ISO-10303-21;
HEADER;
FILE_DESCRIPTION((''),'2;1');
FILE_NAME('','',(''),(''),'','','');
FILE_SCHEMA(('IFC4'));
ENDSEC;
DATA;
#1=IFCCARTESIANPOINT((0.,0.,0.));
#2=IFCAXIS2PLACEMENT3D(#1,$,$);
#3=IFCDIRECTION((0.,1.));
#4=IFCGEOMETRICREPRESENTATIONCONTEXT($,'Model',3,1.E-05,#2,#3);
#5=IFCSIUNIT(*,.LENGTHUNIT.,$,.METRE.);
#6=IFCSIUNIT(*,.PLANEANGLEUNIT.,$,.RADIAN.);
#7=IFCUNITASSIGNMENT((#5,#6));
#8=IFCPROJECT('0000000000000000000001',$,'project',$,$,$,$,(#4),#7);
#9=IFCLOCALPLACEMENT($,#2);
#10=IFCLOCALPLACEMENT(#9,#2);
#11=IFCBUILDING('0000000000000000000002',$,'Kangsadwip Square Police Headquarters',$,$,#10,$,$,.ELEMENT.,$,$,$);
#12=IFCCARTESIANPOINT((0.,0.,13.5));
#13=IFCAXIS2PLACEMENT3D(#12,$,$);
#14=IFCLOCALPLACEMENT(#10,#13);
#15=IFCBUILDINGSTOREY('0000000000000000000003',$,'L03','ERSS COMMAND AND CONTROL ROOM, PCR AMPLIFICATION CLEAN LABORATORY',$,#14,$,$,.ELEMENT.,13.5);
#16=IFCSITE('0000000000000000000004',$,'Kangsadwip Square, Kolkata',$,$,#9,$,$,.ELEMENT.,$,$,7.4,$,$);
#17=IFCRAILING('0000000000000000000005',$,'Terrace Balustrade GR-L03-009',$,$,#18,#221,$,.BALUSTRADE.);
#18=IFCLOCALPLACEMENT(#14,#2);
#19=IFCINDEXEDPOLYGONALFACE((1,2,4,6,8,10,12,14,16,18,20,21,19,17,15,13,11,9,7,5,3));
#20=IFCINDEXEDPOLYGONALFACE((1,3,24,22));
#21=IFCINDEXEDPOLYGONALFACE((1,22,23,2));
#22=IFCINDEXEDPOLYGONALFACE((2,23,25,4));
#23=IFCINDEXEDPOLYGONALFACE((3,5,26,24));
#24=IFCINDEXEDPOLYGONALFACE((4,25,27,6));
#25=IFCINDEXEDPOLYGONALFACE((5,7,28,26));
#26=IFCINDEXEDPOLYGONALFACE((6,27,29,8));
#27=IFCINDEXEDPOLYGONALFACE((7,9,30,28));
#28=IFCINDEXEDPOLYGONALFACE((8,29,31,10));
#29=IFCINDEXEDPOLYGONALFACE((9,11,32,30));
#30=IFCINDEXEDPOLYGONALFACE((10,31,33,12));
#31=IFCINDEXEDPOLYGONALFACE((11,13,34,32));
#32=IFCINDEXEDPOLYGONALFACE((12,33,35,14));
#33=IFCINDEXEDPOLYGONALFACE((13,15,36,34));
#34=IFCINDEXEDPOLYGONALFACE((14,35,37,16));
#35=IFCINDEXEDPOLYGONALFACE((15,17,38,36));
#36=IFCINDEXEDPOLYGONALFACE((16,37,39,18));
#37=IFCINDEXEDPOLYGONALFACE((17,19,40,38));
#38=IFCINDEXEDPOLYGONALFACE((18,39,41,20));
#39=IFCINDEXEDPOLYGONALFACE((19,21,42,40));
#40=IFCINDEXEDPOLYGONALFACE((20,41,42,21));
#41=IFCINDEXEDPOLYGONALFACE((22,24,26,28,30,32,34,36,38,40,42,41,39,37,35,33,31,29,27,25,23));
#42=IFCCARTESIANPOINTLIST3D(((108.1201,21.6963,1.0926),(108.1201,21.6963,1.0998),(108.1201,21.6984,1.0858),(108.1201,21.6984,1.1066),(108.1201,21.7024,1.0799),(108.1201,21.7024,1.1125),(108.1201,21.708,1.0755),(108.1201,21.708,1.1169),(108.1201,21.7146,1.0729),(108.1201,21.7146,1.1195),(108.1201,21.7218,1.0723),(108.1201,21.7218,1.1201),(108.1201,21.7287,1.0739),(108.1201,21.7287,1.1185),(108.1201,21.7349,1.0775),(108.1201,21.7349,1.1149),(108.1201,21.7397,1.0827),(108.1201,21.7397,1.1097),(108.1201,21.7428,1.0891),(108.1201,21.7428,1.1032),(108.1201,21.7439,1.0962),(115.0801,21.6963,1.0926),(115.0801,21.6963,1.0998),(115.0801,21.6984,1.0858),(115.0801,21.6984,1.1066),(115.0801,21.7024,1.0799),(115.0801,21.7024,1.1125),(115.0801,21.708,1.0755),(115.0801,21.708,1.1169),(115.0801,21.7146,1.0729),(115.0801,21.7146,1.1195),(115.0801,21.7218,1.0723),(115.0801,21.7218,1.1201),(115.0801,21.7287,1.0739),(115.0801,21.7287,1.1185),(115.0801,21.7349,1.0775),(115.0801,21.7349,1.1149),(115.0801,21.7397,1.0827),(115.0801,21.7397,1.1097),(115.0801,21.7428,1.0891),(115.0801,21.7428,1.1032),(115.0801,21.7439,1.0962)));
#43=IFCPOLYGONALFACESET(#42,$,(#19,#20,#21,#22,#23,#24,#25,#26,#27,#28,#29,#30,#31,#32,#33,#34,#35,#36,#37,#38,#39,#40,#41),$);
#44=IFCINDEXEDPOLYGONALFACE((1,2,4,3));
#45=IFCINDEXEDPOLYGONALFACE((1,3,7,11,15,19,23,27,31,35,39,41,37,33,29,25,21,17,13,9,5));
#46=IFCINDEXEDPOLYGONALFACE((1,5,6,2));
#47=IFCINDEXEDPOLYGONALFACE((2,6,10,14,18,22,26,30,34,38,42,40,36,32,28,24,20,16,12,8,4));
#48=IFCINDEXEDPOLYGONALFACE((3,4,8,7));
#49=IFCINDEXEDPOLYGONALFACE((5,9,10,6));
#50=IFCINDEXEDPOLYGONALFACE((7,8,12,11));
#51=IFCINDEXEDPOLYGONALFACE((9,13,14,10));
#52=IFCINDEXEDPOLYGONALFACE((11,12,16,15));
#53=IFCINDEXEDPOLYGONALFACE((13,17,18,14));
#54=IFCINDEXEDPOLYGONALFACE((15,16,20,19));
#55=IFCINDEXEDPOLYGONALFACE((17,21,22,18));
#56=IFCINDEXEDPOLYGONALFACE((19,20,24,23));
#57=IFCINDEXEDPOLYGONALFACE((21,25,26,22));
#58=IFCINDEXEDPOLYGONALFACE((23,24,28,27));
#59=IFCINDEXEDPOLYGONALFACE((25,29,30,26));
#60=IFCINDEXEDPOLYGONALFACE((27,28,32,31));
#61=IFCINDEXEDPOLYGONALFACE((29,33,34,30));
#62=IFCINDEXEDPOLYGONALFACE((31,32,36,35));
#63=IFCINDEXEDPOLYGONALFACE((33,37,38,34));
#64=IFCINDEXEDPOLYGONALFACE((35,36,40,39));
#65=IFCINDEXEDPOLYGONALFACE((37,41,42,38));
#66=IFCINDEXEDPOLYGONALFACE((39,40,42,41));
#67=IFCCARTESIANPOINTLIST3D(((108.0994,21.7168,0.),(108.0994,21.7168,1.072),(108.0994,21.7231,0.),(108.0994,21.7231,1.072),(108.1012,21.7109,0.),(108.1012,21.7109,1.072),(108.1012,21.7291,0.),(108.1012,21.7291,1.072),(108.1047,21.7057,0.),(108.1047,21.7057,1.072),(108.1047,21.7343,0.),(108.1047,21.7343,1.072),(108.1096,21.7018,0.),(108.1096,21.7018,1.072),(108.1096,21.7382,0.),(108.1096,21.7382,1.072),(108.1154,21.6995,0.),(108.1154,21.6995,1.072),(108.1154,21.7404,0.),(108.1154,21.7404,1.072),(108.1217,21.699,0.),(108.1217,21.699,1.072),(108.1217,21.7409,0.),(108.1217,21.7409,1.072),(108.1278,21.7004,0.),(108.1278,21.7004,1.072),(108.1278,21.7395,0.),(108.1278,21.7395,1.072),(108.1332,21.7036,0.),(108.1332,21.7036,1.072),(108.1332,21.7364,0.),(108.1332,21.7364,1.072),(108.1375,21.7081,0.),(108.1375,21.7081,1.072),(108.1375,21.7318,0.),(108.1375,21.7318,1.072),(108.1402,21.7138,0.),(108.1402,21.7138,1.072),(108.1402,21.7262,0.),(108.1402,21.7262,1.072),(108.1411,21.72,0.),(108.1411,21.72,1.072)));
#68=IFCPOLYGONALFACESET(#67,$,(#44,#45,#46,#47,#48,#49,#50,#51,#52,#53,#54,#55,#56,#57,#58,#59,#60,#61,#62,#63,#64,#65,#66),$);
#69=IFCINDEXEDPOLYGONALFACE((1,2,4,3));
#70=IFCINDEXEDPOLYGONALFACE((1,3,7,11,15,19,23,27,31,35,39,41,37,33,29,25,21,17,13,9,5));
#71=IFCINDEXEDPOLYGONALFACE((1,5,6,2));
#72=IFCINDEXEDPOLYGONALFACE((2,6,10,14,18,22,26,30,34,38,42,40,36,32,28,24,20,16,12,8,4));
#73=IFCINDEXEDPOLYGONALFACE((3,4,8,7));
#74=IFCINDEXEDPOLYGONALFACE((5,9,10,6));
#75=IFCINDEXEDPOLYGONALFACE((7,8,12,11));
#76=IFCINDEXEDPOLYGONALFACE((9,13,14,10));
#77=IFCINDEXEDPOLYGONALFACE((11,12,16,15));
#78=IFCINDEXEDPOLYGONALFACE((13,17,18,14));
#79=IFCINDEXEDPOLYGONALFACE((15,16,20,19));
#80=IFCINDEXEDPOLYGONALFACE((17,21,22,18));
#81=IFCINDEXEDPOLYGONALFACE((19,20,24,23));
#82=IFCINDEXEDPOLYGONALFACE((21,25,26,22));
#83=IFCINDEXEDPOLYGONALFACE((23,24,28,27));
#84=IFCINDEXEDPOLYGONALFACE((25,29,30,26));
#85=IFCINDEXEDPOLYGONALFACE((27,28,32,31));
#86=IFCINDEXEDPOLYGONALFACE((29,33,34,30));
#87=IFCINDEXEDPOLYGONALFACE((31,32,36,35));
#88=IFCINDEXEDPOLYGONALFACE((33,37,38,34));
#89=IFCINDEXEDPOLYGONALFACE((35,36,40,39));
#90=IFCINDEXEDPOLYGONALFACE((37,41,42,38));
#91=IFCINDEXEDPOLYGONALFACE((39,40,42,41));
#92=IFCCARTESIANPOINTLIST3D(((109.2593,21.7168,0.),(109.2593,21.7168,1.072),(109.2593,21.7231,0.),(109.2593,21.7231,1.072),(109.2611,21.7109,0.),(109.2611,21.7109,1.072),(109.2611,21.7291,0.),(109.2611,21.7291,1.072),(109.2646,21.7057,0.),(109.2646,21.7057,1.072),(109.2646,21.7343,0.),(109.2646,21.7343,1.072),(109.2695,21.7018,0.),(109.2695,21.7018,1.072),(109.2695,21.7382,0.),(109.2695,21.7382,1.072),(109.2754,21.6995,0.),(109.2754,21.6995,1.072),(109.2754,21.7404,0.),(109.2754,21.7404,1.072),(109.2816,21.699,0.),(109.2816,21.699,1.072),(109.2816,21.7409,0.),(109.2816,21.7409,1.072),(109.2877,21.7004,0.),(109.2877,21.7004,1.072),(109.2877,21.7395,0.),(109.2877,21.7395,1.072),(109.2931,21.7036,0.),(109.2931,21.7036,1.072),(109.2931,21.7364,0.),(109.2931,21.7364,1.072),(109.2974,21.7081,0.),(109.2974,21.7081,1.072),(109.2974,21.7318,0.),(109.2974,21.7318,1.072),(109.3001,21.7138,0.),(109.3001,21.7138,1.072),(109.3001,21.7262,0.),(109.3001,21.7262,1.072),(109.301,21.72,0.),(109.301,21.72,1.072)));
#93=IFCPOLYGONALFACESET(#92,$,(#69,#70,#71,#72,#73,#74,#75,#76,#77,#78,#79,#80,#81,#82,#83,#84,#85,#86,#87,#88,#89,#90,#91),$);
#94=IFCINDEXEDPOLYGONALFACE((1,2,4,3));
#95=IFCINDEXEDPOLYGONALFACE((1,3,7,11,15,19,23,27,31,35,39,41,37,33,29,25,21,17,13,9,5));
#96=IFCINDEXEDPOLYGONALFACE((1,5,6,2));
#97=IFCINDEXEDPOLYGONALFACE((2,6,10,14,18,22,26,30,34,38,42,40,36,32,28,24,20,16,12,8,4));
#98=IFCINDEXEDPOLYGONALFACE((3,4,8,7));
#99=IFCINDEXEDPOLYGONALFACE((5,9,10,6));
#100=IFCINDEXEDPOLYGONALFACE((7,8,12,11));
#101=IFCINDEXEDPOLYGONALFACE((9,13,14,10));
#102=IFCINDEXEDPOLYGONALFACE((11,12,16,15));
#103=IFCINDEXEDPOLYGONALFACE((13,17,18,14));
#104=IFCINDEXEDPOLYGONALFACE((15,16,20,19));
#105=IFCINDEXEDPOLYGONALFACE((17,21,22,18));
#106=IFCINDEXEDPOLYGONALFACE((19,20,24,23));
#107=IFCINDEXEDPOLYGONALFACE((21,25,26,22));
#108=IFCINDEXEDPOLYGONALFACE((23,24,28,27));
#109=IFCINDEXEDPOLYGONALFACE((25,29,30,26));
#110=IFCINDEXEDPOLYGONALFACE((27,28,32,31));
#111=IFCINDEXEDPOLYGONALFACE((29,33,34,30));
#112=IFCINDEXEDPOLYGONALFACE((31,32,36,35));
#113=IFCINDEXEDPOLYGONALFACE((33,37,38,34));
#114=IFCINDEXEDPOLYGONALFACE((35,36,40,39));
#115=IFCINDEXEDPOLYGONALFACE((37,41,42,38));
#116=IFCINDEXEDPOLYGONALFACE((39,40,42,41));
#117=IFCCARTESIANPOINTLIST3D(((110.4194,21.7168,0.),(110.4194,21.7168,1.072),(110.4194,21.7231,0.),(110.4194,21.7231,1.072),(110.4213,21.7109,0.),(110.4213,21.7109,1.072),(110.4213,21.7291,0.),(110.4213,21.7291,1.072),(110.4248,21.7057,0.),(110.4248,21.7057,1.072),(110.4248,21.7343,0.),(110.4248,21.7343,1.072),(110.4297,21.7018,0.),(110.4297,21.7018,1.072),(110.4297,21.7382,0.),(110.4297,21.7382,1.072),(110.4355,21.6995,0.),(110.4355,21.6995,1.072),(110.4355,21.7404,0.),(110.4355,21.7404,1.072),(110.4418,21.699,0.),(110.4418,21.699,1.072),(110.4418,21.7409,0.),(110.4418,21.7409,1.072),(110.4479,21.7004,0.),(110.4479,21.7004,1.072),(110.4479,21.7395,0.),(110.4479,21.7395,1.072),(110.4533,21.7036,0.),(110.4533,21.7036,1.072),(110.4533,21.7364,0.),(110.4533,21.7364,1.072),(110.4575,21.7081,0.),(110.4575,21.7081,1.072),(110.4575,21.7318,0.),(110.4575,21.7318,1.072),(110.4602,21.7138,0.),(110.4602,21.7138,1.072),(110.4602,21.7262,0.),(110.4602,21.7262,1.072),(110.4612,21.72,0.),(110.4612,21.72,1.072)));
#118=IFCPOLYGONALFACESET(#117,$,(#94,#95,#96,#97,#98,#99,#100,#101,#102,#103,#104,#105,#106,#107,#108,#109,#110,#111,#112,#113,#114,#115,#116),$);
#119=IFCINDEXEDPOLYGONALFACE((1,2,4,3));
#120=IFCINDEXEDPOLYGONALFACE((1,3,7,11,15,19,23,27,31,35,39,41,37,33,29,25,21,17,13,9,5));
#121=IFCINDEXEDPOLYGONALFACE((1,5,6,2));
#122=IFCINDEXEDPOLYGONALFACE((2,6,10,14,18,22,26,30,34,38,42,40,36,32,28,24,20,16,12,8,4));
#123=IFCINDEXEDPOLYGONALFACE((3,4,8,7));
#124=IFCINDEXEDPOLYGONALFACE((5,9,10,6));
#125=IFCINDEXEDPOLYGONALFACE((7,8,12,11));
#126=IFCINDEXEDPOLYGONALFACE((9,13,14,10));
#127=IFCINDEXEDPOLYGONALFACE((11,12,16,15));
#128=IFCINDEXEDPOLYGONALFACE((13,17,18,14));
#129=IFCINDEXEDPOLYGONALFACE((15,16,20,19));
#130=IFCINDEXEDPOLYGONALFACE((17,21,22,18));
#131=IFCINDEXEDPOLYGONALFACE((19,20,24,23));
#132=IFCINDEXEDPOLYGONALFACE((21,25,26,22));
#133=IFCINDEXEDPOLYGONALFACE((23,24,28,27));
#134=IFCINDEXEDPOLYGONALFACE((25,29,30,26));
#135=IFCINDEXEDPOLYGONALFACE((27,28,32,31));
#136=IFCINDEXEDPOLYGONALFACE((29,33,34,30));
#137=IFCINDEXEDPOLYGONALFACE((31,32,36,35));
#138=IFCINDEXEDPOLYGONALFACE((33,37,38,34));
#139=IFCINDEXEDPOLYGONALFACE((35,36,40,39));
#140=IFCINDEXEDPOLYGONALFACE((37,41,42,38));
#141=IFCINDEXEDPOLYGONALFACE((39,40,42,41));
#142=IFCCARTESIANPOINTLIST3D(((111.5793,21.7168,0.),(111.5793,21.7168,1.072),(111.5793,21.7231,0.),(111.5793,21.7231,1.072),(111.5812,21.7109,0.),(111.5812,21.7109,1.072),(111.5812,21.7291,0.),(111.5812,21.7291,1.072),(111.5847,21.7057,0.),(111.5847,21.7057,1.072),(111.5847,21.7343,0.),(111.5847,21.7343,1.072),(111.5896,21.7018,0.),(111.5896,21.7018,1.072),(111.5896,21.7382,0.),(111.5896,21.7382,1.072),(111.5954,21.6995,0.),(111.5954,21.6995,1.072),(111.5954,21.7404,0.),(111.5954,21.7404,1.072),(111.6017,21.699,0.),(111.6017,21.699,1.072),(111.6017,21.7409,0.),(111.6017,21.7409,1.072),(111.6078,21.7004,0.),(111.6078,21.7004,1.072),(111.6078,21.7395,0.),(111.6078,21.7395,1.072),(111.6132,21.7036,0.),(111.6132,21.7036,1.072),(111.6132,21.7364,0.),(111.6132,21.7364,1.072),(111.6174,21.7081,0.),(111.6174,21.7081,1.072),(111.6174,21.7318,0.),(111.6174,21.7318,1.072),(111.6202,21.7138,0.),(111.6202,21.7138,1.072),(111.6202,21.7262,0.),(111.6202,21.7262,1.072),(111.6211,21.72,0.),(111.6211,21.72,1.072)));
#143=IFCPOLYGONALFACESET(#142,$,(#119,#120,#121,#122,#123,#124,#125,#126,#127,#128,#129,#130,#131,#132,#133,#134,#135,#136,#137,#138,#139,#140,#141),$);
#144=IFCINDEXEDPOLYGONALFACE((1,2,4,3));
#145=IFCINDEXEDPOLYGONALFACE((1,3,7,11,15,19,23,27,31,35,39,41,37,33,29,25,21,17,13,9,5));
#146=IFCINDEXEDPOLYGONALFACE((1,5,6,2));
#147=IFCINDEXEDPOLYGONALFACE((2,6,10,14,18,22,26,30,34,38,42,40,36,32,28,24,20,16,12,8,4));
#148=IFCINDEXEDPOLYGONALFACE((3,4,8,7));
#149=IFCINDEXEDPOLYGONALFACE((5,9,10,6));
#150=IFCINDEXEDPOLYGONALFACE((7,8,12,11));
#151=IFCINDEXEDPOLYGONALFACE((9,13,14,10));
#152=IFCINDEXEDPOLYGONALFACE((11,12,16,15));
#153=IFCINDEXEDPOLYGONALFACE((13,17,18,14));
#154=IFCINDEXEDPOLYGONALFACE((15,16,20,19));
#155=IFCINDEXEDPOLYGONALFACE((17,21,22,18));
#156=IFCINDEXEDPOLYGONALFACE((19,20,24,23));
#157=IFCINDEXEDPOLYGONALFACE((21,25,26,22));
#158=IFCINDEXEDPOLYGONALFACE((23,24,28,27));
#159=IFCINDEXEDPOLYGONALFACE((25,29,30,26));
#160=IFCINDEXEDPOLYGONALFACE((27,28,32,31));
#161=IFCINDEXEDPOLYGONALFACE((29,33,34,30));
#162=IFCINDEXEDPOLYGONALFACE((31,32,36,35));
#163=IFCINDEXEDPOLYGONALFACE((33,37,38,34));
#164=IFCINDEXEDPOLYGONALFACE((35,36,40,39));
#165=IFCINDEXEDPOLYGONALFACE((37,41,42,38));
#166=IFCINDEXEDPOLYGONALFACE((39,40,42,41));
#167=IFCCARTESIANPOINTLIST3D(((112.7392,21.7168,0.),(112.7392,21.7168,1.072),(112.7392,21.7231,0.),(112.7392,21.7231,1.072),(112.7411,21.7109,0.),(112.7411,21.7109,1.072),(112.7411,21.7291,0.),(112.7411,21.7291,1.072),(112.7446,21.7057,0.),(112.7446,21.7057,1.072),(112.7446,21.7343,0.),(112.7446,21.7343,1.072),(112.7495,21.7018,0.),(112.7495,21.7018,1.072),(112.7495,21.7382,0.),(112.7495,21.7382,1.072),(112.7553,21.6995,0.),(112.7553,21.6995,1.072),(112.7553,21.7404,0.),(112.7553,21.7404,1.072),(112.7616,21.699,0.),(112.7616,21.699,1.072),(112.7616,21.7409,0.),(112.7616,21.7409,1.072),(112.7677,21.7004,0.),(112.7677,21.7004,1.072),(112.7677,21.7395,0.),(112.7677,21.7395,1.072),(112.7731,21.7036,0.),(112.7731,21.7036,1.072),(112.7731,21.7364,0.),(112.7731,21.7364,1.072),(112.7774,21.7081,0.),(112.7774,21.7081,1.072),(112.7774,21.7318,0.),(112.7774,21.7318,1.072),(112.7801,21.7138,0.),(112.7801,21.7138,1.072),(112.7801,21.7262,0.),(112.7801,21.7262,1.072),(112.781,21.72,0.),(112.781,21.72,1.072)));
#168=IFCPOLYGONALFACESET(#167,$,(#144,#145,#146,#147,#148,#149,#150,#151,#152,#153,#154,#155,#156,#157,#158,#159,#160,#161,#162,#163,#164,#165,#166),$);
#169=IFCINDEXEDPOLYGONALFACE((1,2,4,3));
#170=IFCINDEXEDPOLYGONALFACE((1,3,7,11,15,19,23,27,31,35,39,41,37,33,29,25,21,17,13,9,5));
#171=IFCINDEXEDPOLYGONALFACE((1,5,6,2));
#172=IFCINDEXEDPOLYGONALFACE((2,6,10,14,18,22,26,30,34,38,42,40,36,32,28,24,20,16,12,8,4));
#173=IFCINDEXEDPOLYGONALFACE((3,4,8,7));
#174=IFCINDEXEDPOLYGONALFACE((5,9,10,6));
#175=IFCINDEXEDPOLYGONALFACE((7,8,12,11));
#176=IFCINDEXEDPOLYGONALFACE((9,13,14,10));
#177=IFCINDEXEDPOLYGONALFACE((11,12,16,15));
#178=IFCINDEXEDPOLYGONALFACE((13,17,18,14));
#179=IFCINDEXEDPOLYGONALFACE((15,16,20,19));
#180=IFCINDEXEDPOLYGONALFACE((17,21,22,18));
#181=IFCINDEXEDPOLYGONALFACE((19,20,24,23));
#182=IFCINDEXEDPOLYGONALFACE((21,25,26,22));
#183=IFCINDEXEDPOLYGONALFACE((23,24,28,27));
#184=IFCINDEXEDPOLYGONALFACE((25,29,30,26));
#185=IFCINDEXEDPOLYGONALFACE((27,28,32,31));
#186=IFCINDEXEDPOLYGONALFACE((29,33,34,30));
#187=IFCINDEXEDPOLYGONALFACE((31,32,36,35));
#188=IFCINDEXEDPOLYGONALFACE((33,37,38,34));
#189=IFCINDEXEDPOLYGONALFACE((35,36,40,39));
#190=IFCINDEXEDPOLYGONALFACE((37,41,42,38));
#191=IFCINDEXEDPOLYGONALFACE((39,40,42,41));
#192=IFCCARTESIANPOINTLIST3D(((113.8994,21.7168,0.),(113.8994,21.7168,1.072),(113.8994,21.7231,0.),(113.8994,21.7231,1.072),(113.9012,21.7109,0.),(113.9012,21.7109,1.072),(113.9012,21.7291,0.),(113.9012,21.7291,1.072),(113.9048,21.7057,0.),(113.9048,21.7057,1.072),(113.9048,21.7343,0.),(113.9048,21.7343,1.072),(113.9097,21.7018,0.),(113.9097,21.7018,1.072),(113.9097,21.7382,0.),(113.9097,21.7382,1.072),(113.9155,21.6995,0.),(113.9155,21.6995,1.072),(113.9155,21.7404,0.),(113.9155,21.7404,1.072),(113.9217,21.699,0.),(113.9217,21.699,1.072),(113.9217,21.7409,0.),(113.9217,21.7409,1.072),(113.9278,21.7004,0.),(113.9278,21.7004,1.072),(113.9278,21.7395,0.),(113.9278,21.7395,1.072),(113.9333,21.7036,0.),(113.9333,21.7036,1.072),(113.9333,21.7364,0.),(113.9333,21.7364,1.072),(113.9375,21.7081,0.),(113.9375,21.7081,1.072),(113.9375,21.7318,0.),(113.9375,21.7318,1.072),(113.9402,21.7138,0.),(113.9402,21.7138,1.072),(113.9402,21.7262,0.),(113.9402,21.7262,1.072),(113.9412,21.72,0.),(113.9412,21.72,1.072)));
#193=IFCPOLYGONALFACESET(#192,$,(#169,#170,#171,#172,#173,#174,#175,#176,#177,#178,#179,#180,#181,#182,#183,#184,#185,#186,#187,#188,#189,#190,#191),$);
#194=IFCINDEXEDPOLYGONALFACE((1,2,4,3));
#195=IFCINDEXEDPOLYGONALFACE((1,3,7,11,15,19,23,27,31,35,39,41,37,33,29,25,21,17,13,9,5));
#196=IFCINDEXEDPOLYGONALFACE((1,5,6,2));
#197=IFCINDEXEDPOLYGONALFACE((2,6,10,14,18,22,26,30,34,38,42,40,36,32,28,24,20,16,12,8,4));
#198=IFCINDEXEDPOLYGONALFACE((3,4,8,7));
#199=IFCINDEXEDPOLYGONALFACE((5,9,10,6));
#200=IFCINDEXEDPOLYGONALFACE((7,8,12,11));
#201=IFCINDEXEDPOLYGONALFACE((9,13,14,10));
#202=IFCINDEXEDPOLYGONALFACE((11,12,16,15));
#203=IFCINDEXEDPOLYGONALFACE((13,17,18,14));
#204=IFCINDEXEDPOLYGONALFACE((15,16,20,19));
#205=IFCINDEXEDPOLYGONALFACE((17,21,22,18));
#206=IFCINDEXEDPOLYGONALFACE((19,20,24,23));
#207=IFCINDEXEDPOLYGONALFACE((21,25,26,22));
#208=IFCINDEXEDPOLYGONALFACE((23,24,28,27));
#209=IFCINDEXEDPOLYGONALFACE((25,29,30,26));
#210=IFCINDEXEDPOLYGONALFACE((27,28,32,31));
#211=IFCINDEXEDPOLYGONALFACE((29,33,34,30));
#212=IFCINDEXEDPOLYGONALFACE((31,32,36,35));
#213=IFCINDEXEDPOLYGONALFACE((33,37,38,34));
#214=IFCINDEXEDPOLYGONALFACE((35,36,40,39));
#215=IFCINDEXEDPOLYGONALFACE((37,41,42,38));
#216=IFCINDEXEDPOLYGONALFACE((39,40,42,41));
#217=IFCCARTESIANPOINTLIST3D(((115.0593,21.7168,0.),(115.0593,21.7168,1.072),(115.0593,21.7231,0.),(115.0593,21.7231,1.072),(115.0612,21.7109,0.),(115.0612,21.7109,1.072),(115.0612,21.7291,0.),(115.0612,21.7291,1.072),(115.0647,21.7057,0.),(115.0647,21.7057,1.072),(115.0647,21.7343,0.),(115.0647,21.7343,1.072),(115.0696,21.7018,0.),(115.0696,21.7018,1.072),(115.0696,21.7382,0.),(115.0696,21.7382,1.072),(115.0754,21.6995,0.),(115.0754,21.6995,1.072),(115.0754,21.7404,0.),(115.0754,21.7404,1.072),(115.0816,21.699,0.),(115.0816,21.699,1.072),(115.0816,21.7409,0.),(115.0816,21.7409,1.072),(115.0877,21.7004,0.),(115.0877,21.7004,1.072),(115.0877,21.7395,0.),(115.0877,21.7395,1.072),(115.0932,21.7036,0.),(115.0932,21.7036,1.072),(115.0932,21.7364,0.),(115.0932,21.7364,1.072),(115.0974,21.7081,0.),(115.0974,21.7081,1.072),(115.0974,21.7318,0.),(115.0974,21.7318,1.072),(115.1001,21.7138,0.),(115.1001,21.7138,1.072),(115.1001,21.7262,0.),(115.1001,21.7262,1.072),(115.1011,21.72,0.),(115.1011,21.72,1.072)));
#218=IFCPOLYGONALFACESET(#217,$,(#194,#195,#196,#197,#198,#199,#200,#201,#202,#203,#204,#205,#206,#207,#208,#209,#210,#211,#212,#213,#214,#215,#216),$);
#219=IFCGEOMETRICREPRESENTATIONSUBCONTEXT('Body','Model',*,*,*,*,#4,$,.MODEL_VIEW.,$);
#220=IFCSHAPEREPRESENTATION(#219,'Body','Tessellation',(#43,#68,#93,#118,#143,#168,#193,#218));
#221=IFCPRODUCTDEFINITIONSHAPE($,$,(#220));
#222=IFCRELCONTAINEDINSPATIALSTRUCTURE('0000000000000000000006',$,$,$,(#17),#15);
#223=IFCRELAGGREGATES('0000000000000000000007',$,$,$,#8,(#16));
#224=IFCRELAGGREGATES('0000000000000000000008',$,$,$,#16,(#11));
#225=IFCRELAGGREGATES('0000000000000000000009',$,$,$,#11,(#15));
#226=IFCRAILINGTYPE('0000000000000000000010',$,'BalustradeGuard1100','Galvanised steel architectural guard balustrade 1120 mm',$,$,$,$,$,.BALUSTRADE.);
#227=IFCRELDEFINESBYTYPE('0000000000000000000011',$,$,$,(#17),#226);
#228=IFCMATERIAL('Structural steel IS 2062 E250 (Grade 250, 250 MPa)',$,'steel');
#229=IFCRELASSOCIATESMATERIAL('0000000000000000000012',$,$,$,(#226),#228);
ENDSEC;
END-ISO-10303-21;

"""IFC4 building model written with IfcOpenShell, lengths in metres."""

from ifc_helpers import new_model, si_unit, direction, frame, origin, origin_2d, place, context, subcontext, project, spatial, circle, extrude, material, type_object, element, save


model = new_model("IFC4")

# Units and contexts
model_context = context("Model", 3, precision=1e-05, world=origin(), true_north=direction((0.0, 1.0)))
body_context = subcontext(model_context, "Body", "Model", "MODEL_VIEW")
ifc_project = project(units=[si_unit("LENGTHUNIT", "METRE"), si_unit("PLANEANGLEUNIT", "RADIAN")], contexts=[model_context])

# Site, building, storey
site_placement = place(None, origin())
site = spatial("IfcSite", under=ifc_project, at=site_placement, Name="Kangsadwip Square, Kolkata", CompositionType="ELEMENT", RefElevation=7.4)
building_placement = place(site_placement, origin())
building = spatial("IfcBuilding", under=site, at=building_placement, Name="Kangsadwip Square Police Headquarters", CompositionType="ELEMENT")
storey_placement = place(building_placement, frame((0.0, 0.0, 13.5)))
storey = spatial("IfcBuildingStorey", under=building, at=storey_placement, Name="L03", Description="ERSS COMMAND AND CONTROL ROOM, PCR AMPLIFICATION CLEAN LABORATORY", CompositionType="ELEMENT", Elevation=13.5)

# Railing
ifc_material_1 = material(Name="Structural steel IS 2062 E250 (Grade 250, 250 MPa)", Category="steel")
railing_type = type_object("IfcRailingType", Name="BalustradeGuard1100", Description="Galvanised steel architectural guard balustrade 1120 mm", PredefinedType="BALUSTRADE", material=ifc_material_1)
for number, where, name in (
    (1, (108.1201, 21.72, 0.0), "Terrace Balustrade GR-L03-009"),
):
    element("IfcRailing", number, at=place(storey_placement, frame(where)), inside=storey, type_object=railing_type, Name=name, PredefinedType="BALUSTRADE", context=body_context, shape_type="SweptSolid", body=[
        extrude(circle(Radius=0.0239, at=origin_2d()), frame((0.0, 0.0, 1.0962), z_axis=(1.0, 0.0, 0.0), x_axis=(0.0, 1.0, 0.0)), (0.0, 0.0, 1.0), 6.96),
        extrude(circle(Radius=0.021, at=origin_2d()), origin(), (0.0, 0.0, 1.0), 1.072),
        extrude(circle(Radius=0.021, at=origin_2d()), frame((1.1599, 0.0, 0.0)), (0.0, 0.0, 1.0), 1.072),
        extrude(circle(Radius=0.021, at=origin_2d()), frame((2.3201, 0.0, 0.0)), (0.0, 0.0, 1.0), 1.072),
        extrude(circle(Radius=0.021, at=origin_2d()), frame((3.48, 0.0, 0.0)), (0.0, 0.0, 1.0), 1.072),
        extrude(circle(Radius=0.021, at=origin_2d()), frame((4.6399, 0.0, 0.0)), (0.0, 0.0, 1.0), 1.072),
        extrude(circle(Radius=0.021, at=origin_2d()), frame((5.8, 0.0, 0.0)), (0.0, 0.0, 1.0), 1.072),
        extrude(circle(Radius=0.021, at=origin_2d()), frame((6.96, 0.0, 0.0)), (0.0, 0.0, 1.0), 1.072),
    ])

save(model, "model.ifc")
